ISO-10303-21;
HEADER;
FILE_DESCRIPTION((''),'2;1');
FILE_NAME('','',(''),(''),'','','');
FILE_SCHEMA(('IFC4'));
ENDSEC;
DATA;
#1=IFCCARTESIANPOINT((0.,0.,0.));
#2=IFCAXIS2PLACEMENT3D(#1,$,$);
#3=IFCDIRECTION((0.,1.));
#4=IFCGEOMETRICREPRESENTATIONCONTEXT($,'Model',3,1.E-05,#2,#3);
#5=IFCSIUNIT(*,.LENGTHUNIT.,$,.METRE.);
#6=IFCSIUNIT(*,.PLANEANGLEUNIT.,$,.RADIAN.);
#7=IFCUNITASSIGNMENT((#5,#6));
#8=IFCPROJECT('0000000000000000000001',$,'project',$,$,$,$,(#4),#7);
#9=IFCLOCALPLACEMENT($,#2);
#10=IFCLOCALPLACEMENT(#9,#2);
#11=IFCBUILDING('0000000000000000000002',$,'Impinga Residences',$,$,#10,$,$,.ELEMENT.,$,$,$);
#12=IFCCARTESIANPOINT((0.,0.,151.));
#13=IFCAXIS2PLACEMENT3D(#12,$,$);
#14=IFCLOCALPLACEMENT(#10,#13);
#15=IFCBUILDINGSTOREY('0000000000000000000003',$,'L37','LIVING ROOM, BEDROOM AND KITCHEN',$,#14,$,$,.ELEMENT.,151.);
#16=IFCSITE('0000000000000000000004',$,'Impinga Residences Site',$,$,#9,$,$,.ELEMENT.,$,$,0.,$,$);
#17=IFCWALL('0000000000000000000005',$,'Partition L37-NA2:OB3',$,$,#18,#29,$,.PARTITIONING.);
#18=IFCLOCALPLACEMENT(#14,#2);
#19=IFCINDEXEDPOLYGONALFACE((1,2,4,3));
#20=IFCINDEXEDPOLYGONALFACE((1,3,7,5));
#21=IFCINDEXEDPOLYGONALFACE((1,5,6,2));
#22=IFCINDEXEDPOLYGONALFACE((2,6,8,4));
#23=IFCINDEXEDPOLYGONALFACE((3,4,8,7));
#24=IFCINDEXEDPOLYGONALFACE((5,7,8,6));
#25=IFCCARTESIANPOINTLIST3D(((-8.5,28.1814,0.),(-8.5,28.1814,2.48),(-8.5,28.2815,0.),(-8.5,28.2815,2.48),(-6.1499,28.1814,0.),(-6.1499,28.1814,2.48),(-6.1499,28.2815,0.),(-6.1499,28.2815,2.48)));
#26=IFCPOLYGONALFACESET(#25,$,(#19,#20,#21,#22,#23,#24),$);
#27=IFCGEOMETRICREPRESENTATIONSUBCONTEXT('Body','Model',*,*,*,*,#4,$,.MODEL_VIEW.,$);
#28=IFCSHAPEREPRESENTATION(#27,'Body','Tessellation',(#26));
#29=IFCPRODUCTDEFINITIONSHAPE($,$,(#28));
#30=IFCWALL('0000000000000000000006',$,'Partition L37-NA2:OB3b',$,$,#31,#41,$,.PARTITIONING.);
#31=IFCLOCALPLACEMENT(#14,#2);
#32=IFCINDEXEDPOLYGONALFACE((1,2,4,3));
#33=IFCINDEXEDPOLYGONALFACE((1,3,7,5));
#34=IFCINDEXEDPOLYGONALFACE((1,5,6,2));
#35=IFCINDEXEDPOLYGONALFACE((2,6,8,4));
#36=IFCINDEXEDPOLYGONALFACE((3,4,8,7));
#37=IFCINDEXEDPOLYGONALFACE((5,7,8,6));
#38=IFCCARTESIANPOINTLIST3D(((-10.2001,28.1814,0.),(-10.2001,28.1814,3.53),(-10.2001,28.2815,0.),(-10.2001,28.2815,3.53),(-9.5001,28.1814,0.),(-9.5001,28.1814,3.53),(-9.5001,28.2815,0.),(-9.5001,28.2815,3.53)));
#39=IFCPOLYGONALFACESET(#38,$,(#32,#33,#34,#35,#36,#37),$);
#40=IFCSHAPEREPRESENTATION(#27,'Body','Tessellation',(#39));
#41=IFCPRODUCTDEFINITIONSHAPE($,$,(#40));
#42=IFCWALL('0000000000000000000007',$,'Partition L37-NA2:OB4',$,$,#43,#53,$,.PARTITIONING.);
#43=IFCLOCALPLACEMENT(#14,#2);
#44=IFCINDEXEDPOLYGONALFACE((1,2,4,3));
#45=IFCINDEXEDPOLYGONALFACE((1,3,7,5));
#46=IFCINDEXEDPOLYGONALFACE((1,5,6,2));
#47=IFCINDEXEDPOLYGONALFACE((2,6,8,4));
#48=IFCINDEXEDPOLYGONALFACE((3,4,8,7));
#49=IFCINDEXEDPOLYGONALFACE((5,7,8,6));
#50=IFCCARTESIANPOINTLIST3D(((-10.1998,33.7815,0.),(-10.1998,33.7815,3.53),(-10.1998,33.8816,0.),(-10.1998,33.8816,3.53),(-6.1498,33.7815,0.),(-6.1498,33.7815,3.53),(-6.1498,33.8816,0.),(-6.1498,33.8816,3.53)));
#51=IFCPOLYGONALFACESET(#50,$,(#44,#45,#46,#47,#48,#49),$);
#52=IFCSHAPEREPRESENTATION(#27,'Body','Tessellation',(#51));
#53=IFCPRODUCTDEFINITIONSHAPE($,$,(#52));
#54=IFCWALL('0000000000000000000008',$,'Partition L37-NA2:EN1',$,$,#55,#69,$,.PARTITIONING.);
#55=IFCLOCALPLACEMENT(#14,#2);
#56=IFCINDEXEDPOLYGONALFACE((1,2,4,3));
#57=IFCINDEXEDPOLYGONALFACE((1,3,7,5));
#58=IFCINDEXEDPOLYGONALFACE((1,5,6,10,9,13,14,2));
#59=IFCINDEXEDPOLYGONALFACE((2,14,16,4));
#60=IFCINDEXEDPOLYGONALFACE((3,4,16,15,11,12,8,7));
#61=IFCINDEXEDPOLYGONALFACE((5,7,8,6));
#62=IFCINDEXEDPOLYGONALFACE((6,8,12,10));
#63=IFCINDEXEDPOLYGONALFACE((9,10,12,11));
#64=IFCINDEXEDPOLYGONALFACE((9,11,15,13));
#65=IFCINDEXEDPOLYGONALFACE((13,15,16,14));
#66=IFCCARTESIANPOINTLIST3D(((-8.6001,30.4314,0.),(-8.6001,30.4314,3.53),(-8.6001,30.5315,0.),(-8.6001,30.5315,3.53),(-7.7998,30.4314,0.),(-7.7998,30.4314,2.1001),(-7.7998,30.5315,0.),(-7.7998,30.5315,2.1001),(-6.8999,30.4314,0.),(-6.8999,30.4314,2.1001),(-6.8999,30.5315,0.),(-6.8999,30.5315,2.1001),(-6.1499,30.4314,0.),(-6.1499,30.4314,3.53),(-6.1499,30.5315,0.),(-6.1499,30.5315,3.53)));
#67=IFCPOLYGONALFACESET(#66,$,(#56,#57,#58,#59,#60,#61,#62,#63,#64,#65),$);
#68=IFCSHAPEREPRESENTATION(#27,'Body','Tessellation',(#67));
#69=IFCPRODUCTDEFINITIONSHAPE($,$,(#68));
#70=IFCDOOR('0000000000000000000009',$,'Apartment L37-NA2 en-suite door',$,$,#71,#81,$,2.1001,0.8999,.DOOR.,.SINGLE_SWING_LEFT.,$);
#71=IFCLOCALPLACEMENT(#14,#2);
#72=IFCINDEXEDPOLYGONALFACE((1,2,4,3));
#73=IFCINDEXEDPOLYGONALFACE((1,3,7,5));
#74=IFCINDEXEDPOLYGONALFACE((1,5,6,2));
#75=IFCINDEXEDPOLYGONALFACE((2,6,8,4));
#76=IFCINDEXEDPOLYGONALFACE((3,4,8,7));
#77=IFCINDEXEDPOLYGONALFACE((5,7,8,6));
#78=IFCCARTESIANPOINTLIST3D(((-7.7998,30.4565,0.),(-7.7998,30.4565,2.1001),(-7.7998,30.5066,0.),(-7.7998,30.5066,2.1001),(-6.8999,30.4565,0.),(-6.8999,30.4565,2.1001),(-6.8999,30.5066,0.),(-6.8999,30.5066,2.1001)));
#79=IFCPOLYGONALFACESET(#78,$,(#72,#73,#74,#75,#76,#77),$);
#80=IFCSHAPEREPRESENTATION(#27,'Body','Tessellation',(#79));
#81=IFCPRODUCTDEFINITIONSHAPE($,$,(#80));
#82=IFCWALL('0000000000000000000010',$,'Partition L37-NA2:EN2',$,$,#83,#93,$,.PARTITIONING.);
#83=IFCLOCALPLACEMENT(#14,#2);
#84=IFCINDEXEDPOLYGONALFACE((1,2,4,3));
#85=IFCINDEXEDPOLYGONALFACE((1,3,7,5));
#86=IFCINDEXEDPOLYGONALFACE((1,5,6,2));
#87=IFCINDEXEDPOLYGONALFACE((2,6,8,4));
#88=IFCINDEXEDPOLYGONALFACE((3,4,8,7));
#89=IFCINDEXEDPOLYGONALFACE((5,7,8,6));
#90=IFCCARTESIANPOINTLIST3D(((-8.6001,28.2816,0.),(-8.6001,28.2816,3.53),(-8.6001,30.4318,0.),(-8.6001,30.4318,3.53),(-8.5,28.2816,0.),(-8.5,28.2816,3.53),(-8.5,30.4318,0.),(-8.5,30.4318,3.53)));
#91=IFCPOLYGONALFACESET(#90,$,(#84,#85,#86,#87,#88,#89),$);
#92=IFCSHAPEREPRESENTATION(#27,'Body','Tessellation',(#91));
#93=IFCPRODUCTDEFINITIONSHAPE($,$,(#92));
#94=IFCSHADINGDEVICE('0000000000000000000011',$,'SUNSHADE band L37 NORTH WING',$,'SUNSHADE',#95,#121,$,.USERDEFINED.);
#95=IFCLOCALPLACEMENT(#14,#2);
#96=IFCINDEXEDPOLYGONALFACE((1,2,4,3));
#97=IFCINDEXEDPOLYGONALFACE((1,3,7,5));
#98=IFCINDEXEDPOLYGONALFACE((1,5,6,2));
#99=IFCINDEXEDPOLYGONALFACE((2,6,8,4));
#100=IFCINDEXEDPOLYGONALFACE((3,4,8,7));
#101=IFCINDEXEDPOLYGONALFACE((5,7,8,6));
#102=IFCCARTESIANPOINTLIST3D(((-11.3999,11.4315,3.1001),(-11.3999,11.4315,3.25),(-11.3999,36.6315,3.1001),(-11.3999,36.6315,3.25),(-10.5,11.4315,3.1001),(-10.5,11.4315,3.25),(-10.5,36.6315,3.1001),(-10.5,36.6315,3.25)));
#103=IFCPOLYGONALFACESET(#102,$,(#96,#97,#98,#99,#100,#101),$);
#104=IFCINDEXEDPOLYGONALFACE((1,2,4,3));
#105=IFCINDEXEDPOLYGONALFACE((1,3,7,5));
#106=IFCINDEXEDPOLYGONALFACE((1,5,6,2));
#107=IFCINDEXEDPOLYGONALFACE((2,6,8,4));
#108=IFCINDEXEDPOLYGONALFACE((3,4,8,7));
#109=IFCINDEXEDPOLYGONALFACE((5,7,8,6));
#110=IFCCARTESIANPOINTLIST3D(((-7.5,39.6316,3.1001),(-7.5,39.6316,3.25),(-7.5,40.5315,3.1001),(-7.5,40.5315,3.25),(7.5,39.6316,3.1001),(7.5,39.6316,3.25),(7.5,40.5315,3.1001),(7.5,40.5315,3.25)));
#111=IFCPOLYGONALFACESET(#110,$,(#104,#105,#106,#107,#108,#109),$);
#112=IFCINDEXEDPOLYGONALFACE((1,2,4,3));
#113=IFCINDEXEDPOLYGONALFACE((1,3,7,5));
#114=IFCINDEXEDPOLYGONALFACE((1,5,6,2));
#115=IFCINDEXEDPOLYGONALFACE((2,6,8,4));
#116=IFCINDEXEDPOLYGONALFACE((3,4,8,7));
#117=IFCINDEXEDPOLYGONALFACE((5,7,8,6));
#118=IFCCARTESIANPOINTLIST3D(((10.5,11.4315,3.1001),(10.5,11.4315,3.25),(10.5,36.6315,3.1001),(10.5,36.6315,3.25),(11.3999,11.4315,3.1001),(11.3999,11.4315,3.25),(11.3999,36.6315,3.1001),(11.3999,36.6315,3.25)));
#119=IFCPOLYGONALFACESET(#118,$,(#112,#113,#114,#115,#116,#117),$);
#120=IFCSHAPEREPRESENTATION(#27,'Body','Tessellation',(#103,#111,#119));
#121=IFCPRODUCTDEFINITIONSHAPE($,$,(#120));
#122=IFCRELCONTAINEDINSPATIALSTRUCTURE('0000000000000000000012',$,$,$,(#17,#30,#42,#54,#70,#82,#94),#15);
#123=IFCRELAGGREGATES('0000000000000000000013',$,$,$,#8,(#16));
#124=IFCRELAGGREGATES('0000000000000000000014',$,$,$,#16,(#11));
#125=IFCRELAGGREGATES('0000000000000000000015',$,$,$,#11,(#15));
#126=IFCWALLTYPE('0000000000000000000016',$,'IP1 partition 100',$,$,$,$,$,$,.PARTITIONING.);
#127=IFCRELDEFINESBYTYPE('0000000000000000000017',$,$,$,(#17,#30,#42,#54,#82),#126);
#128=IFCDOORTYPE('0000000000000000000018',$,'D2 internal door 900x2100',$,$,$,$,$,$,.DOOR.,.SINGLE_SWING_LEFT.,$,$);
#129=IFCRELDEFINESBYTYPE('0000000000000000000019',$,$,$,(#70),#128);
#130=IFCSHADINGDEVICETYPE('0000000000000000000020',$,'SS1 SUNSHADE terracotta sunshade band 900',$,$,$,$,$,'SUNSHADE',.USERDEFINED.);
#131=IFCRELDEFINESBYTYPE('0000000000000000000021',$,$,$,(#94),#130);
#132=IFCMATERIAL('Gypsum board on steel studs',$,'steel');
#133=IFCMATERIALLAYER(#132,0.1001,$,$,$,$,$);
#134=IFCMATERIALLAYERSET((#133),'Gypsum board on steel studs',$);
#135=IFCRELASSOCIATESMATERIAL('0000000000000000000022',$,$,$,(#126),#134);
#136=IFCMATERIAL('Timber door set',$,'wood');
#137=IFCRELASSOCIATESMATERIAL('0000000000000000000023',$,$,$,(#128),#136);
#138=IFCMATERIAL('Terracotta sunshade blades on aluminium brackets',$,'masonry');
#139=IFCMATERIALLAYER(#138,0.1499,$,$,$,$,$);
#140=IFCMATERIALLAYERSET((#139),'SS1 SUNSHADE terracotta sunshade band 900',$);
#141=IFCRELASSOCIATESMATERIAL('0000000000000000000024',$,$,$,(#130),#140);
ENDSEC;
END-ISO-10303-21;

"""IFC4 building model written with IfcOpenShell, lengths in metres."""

from ifc_helpers import new_model, si_unit, direction, frame, frame_2d, origin, origin_2d, place, context, subcontext, project, spatial, rectangle, extrude, material, layer, layer_set, type_object, element, fill, save


model = new_model("IFC4")

# Units and contexts
model_context = context("Model", 3, precision=1e-05, world=origin(), true_north=direction((0.0, 1.0)))
body_context = subcontext(model_context, "Body", "Model", "MODEL_VIEW")
ifc_project = project(units=[si_unit("LENGTHUNIT", "METRE"), si_unit("PLANEANGLEUNIT", "RADIAN")], contexts=[model_context])

# Site, building, storey
site_placement = place(None, origin())
site = spatial("IfcSite", under=ifc_project, at=site_placement, Name="Impinga Residences Site", CompositionType="ELEMENT", RefElevation=0.0)
building_placement = place(site_placement, origin())
building = spatial("IfcBuilding", under=site, at=building_placement, Name="Impinga Residences", CompositionType="ELEMENT")
storey_placement = place(building_placement, frame((0.0, 0.0, 151.0)))
storey = spatial("IfcBuildingStorey", under=building, at=storey_placement, Name="L37", Description="LIVING ROOM, BEDROOM AND KITCHEN", CompositionType="ELEMENT", Elevation=151.0)

# Shared definitions
ifc_material_1 = material(Name="Timber door set", Category="wood")

# Walls
ifc_material_2 = material(Name="Gypsum board on steel studs", Category="steel")
ifc_layer_1 = layer(ifc_material_2, 0.1001)
ifc_layer_set_1 = layer_set([ifc_layer_1], Name="Gypsum board on steel studs")
wall_type_1 = type_object("IfcWallType", Name="IP1 partition 100", PredefinedType="PARTITIONING", material=ifc_layer_set_1)
wall_1_placement = place(storey_placement, frame((-6.1499, 28.2314, 0.0), z_axis=(0.0, 0.0, 1.0), x_axis=(-1.0, 0.0, 0.0)))
element("IfcWall", 1, at=wall_1_placement, inside=storey, type_object=wall_type_1, Name="Partition L37-NA2:OB3", PredefinedType="PARTITIONING", context=body_context, shape_type="SweptSolid", body=[
    extrude(rectangle(XDim=2.3501, YDim=0.1001, at=frame_2d((1.175, 0.0))), origin(), (0.0, 0.0, 1.0), 2.48),
])
wall_2_placement = place(storey_placement, frame((-9.5, 28.2314, 0.0), z_axis=(0.0, 0.0, 1.0), x_axis=(-1.0, 0.0, 0.0)))
element("IfcWall", 2, at=wall_2_placement, inside=storey, type_object=wall_type_1, Name="Partition L37-NA2:OB3b", PredefinedType="PARTITIONING", context=body_context, shape_type="SweptSolid", body=[
    extrude(rectangle(XDim=0.7, YDim=0.1001, at=frame_2d((0.3501, 0.0))), origin(), (0.0, 0.0, 1.0), 3.53),
])
wall_3_placement = place(storey_placement, frame((-6.1499, 33.8315, 0.0), z_axis=(0.0, 0.0, 1.0), x_axis=(-1.0, 0.0, 0.0)))
element("IfcWall", 3, at=wall_3_placement, inside=storey, type_object=wall_type_1, Name="Partition L37-NA2:OB4", PredefinedType="PARTITIONING", context=body_context, shape_type="SweptSolid", body=[
    extrude(rectangle(XDim=4.05, YDim=0.1001, at=frame_2d((2.0249, 0.0))), origin(), (0.0, 0.0, 1.0), 3.53),
])

# Wall, opening, door
wall_4_placement = place(storey_placement, frame((-6.1499, 30.4814, 0.0), z_axis=(0.0, 0.0, 1.0), x_axis=(-1.0, 0.0, 0.0)))
wall_4 = element("IfcWall", 4, at=wall_4_placement, inside=storey, type_object=wall_type_1, Name="Partition L37-NA2:EN1", PredefinedType="PARTITIONING", context=body_context, shape_type="SweptSolid", body=[
    extrude(rectangle(XDim=2.4502, YDim=0.1001, at=frame_2d((1.2251, 0.0))), origin(), (0.0, 0.0, 1.0), 3.53),
])
opening_1_placement = place(wall_4_placement, frame((0.75, 0.0, 0.0)))
opening_1 = element("IfcOpeningElement", 5, at=opening_1_placement, cuts=wall_4, PredefinedType="OPENING", context=body_context, shape_type="SweptSolid", body=[
    extrude(rectangle(XDim=0.8999, YDim=2.1001, at=frame_2d((0.45, 1.05))), frame((0.0, 0.0601, 0.0), z_axis=(0.0, -1.0, 0.0), x_axis=(1.0, 0.0, 0.0)), (0.0, 0.0, 1.0), 0.1201),
])
door_type_1 = type_object("IfcDoorType", Name="D2 internal door 900x2100", OperationType="SINGLE_SWING_LEFT", PredefinedType="DOOR", material=ifc_material_1)
door_1_placement = place(opening_1_placement, origin())
door_1 = element("IfcDoor", 6, at=door_1_placement, inside=storey, type_object=door_type_1, Name="Apartment L37-NA2 en-suite door", OperationType="SINGLE_SWING_LEFT", OverallHeight=2.1001, OverallWidth=0.8999, PredefinedType="DOOR", context=body_context, shape_type="SweptSolid", body=[
    extrude(rectangle(XDim=0.8999, YDim=2.1001, at=frame_2d((0.45, 1.05))), frame((0.0, 0.0249, 0.0), z_axis=(0.0, -1.0, 0.0), x_axis=(1.0, 0.0, 0.0)), (0.0, 0.0, 1.0), 0.05),
])
fill(opening_1, door_1)

# Wall
wall_5_placement = place(storey_placement, frame((-8.55, 28.2815, 0.0), z_axis=(0.0, 0.0, 1.0), x_axis=(0.0, 1.0, 0.0)))
element("IfcWall", 7, at=wall_5_placement, inside=storey, type_object=wall_type_1, Name="Partition L37-NA2:EN2", PredefinedType="PARTITIONING", context=body_context, shape_type="SweptSolid", body=[
    extrude(rectangle(XDim=2.1501, YDim=0.1001, at=frame_2d((1.0752, 0.0))), origin(), (0.0, 0.0, 1.0), 3.53),
])

# Shading device
ifc_material_3 = material(Name="Terracotta sunshade blades on aluminium brackets", Category="masonry")
ifc_layer_2 = layer(ifc_material_3, 0.1499)
ifc_layer_set_2 = layer_set([ifc_layer_2], Name="SS1 SUNSHADE terracotta sunshade band 900")
shading_device_type = type_object("IfcShadingDeviceType", Name="SS1 SUNSHADE terracotta sunshade band 900", ElementType="SUNSHADE", PredefinedType="USERDEFINED", material=ifc_layer_set_2)
shading_device_placement = place(storey_placement, frame((-10.95, 24.0315, 3.1001), z_axis=(0.0, 0.0, 1.0), x_axis=(0.0, 1.0, 0.0)))
element("IfcShadingDevice", 8, at=shading_device_placement, inside=storey, type_object=shading_device_type, Name="SUNSHADE band L37 NORTH WING", ObjectType="SUNSHADE", PredefinedType="USERDEFINED", context=body_context, shape_type="SweptSolid", body=[
    extrude(rectangle(XDim=25.2, YDim=0.8999, at=origin_2d()), origin(), (0.0, 0.0, 1.0), 0.1499),
    extrude(rectangle(XDim=15.0, YDim=0.8999, at=origin_2d()), frame((16.05, -10.95, 0.0), z_axis=(0.0, 0.0, 1.0), x_axis=(0.0, -1.0, 0.0)), (0.0, 0.0, 1.0), 0.1499),
    extrude(rectangle(XDim=25.2, YDim=0.8999, at=origin_2d()), frame((0.0, -21.8999, 0.0), z_axis=(0.0, 0.0, 1.0), x_axis=(-1.0, 0.0, 0.0)), (0.0, 0.0, 1.0), 0.1499),
])

save(model, "model.ifc")
